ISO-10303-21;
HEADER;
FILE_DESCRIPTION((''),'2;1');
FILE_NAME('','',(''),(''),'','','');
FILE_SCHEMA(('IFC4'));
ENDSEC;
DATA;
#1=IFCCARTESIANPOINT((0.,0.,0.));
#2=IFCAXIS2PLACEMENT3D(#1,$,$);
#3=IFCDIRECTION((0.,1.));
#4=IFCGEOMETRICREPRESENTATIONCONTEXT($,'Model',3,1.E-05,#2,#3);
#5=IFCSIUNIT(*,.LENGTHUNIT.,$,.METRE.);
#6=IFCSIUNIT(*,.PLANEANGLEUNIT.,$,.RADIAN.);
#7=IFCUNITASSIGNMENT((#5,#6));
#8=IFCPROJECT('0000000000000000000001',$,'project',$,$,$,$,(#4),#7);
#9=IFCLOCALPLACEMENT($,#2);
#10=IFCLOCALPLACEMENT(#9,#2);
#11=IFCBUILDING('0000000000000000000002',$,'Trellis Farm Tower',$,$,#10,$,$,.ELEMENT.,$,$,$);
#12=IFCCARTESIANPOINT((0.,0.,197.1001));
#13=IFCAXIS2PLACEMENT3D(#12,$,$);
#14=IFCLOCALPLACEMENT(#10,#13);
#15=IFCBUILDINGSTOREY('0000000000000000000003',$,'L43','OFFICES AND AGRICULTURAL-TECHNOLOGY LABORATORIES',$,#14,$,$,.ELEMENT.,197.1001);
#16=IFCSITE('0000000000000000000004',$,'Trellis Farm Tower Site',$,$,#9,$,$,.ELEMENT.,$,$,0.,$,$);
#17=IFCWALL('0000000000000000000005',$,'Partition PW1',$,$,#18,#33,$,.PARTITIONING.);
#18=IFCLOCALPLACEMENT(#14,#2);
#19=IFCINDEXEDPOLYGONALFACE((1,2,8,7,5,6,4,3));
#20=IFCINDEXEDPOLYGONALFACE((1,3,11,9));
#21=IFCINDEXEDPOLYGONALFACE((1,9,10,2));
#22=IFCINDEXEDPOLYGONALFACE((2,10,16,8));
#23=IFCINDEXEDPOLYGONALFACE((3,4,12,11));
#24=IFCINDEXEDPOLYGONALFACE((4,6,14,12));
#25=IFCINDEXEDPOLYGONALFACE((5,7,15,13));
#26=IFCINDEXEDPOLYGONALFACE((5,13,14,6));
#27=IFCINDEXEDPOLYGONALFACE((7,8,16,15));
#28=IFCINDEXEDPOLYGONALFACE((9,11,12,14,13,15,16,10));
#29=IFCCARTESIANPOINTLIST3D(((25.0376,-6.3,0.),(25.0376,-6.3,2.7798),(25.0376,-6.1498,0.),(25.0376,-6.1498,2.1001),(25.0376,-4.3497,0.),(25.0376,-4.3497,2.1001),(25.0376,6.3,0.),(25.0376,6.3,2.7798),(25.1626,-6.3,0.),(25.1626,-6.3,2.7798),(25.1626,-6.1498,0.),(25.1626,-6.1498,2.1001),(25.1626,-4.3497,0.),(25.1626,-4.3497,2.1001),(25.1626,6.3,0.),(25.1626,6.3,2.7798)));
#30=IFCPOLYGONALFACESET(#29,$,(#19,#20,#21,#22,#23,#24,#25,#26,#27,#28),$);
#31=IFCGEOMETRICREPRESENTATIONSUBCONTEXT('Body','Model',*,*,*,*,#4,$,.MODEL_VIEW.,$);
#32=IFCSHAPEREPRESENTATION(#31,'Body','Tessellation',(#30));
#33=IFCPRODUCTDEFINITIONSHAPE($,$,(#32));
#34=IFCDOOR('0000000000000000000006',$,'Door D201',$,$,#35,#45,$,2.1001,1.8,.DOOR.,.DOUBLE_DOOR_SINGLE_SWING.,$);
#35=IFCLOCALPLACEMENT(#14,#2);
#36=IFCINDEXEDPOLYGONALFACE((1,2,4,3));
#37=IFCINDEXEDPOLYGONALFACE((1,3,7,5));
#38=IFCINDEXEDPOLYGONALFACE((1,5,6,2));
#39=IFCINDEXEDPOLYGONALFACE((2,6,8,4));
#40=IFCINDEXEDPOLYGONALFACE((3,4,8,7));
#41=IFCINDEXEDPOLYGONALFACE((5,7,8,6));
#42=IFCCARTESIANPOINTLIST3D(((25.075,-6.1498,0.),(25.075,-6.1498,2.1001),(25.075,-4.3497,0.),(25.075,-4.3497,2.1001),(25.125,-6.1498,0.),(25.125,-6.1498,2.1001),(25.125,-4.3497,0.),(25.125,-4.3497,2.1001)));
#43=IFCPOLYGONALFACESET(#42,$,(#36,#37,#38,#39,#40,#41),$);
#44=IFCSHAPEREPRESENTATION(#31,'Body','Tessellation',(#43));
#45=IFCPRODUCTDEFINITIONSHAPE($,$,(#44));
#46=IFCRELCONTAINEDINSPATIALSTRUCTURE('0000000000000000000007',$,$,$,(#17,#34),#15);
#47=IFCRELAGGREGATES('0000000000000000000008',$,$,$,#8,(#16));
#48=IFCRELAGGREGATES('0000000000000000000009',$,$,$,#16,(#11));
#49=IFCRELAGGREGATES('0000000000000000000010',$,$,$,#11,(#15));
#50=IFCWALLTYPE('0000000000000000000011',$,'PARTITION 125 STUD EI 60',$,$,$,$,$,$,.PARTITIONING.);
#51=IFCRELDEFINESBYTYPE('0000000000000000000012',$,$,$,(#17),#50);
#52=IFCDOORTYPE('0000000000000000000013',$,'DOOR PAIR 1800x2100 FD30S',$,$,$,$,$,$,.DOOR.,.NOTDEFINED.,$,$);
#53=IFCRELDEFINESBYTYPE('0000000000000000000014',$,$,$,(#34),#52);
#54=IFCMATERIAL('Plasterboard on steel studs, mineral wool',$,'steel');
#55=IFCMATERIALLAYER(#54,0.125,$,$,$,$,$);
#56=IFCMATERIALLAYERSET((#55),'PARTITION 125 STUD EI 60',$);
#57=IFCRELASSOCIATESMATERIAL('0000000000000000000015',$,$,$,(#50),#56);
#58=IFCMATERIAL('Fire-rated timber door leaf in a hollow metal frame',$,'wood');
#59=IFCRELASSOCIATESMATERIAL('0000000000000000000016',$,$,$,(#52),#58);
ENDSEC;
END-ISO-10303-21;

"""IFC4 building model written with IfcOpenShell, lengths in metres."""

from ifc_helpers import new_model, si_unit, direction, frame, frame_2d, origin, place, context, subcontext, project, spatial, rectangle, extrude, source, transform, mapped, material, layer, layer_set, type_object, element, fill, save


model = new_model("IFC4")

# Units and contexts
model_context = context("Model", 3, precision=1e-05, world=origin(), true_north=direction((0.0, 1.0)))
body_context = subcontext(model_context, "Body", "Model", "MODEL_VIEW")
ifc_project = project(units=[si_unit("LENGTHUNIT", "METRE"), si_unit("PLANEANGLEUNIT", "RADIAN")], contexts=[model_context])

# Site, building, storey
site_placement = place(None, origin())
site = spatial("IfcSite", under=ifc_project, at=site_placement, Name="Trellis Farm Tower Site", CompositionType="ELEMENT", RefElevation=0.0)
building_placement = place(site_placement, origin())
building = spatial("IfcBuilding", under=site, at=building_placement, Name="Trellis Farm Tower", CompositionType="ELEMENT")
storey_placement = place(building_placement, frame((0.0, 0.0, 197.1001)))
storey = spatial("IfcBuildingStorey", under=building, at=storey_placement, Name="L43", Description="OFFICES AND AGRICULTURAL-TECHNOLOGY LABORATORIES", CompositionType="ELEMENT", Elevation=197.1001)

# Wall, opening, door
ifc_material_1 = material(Name="Plasterboard on steel studs, mineral wool", Category="steel")
ifc_layer_1 = layer(ifc_material_1, 0.125)
ifc_layer_set_1 = layer_set([ifc_layer_1], Name="PARTITION 125 STUD EI 60")
wall_type_1 = type_object("IfcWallType", Name="PARTITION 125 STUD EI 60", PredefinedType="PARTITIONING", material=ifc_layer_set_1)
shared_shape_1 = source(origin(), body_context, "Body", "SweptSolid", [
    extrude(rectangle(XDim=12.6001, YDim=0.125, at=frame_2d((6.3, 0.0))), origin(), (0.0, 0.0, 1.0), 2.7798),
])
wall_1_placement = place(storey_placement, frame((25.1001, 6.3, 0.0), z_axis=(0.0, 0.0, 1.0), x_axis=(0.0, -1.0, 0.0)))
wall_1 = element("IfcWall", 1, at=wall_1_placement, inside=storey, type_object=wall_type_1, Name="Partition PW1", PredefinedType="PARTITIONING", context=body_context, shape_type="MappedRepresentation", body=[
    mapped(shared_shape_1, transform((0.0, 0.0, 0.0))),
])
shared_shape_2 = source(origin(), body_context, "Body", "SweptSolid", [
    extrude(rectangle(XDim=1.8, YDim=2.1001, at=frame_2d((0.8999, 1.05))), frame((0.0, 0.0725, 0.0), z_axis=(0.0, -1.0, 0.0), x_axis=(1.0, 0.0, 0.0)), (0.0, 0.0, 1.0), 0.145),
])
opening_1_placement = place(wall_1_placement, frame((10.6499, 0.0, 0.0)))
opening_1 = element("IfcOpeningElement", 2, at=opening_1_placement, cuts=wall_1, PredefinedType="OPENING", context=body_context, shape_type="MappedRepresentation", body=[
    mapped(shared_shape_2, transform((0.0, 0.0, 0.0))),
])
ifc_material_2 = material(Name="Fire-rated timber door leaf in a hollow metal frame", Category="wood")
door_type_1 = type_object("IfcDoorType", Name="DOOR PAIR 1800x2100 FD30S", OperationType="NOTDEFINED", PredefinedType="DOOR", material=ifc_material_2)
shared_shape_3 = source(origin(), body_context, "Body", "SweptSolid", [
    extrude(rectangle(XDim=1.8, YDim=2.1001, at=frame_2d((0.8999, 1.05))), frame((0.0, 0.0249, 0.0), z_axis=(0.0, -1.0, 0.0), x_axis=(1.0, 0.0, 0.0)), (0.0, 0.0, 1.0), 0.05),
])
door_1_placement = place(opening_1_placement, origin())
door_1 = element("IfcDoor", 3, at=door_1_placement, inside=storey, type_object=door_type_1, Name="Door D201", OperationType="DOUBLE_DOOR_SINGLE_SWING", OverallHeight=2.1001, OverallWidth=1.8, PredefinedType="DOOR", context=body_context, shape_type="MappedRepresentation", body=[
    mapped(shared_shape_3, transform((0.0, 0.0, 0.0))),
])
fill(opening_1, door_1)

save(model, "model.ifc")
